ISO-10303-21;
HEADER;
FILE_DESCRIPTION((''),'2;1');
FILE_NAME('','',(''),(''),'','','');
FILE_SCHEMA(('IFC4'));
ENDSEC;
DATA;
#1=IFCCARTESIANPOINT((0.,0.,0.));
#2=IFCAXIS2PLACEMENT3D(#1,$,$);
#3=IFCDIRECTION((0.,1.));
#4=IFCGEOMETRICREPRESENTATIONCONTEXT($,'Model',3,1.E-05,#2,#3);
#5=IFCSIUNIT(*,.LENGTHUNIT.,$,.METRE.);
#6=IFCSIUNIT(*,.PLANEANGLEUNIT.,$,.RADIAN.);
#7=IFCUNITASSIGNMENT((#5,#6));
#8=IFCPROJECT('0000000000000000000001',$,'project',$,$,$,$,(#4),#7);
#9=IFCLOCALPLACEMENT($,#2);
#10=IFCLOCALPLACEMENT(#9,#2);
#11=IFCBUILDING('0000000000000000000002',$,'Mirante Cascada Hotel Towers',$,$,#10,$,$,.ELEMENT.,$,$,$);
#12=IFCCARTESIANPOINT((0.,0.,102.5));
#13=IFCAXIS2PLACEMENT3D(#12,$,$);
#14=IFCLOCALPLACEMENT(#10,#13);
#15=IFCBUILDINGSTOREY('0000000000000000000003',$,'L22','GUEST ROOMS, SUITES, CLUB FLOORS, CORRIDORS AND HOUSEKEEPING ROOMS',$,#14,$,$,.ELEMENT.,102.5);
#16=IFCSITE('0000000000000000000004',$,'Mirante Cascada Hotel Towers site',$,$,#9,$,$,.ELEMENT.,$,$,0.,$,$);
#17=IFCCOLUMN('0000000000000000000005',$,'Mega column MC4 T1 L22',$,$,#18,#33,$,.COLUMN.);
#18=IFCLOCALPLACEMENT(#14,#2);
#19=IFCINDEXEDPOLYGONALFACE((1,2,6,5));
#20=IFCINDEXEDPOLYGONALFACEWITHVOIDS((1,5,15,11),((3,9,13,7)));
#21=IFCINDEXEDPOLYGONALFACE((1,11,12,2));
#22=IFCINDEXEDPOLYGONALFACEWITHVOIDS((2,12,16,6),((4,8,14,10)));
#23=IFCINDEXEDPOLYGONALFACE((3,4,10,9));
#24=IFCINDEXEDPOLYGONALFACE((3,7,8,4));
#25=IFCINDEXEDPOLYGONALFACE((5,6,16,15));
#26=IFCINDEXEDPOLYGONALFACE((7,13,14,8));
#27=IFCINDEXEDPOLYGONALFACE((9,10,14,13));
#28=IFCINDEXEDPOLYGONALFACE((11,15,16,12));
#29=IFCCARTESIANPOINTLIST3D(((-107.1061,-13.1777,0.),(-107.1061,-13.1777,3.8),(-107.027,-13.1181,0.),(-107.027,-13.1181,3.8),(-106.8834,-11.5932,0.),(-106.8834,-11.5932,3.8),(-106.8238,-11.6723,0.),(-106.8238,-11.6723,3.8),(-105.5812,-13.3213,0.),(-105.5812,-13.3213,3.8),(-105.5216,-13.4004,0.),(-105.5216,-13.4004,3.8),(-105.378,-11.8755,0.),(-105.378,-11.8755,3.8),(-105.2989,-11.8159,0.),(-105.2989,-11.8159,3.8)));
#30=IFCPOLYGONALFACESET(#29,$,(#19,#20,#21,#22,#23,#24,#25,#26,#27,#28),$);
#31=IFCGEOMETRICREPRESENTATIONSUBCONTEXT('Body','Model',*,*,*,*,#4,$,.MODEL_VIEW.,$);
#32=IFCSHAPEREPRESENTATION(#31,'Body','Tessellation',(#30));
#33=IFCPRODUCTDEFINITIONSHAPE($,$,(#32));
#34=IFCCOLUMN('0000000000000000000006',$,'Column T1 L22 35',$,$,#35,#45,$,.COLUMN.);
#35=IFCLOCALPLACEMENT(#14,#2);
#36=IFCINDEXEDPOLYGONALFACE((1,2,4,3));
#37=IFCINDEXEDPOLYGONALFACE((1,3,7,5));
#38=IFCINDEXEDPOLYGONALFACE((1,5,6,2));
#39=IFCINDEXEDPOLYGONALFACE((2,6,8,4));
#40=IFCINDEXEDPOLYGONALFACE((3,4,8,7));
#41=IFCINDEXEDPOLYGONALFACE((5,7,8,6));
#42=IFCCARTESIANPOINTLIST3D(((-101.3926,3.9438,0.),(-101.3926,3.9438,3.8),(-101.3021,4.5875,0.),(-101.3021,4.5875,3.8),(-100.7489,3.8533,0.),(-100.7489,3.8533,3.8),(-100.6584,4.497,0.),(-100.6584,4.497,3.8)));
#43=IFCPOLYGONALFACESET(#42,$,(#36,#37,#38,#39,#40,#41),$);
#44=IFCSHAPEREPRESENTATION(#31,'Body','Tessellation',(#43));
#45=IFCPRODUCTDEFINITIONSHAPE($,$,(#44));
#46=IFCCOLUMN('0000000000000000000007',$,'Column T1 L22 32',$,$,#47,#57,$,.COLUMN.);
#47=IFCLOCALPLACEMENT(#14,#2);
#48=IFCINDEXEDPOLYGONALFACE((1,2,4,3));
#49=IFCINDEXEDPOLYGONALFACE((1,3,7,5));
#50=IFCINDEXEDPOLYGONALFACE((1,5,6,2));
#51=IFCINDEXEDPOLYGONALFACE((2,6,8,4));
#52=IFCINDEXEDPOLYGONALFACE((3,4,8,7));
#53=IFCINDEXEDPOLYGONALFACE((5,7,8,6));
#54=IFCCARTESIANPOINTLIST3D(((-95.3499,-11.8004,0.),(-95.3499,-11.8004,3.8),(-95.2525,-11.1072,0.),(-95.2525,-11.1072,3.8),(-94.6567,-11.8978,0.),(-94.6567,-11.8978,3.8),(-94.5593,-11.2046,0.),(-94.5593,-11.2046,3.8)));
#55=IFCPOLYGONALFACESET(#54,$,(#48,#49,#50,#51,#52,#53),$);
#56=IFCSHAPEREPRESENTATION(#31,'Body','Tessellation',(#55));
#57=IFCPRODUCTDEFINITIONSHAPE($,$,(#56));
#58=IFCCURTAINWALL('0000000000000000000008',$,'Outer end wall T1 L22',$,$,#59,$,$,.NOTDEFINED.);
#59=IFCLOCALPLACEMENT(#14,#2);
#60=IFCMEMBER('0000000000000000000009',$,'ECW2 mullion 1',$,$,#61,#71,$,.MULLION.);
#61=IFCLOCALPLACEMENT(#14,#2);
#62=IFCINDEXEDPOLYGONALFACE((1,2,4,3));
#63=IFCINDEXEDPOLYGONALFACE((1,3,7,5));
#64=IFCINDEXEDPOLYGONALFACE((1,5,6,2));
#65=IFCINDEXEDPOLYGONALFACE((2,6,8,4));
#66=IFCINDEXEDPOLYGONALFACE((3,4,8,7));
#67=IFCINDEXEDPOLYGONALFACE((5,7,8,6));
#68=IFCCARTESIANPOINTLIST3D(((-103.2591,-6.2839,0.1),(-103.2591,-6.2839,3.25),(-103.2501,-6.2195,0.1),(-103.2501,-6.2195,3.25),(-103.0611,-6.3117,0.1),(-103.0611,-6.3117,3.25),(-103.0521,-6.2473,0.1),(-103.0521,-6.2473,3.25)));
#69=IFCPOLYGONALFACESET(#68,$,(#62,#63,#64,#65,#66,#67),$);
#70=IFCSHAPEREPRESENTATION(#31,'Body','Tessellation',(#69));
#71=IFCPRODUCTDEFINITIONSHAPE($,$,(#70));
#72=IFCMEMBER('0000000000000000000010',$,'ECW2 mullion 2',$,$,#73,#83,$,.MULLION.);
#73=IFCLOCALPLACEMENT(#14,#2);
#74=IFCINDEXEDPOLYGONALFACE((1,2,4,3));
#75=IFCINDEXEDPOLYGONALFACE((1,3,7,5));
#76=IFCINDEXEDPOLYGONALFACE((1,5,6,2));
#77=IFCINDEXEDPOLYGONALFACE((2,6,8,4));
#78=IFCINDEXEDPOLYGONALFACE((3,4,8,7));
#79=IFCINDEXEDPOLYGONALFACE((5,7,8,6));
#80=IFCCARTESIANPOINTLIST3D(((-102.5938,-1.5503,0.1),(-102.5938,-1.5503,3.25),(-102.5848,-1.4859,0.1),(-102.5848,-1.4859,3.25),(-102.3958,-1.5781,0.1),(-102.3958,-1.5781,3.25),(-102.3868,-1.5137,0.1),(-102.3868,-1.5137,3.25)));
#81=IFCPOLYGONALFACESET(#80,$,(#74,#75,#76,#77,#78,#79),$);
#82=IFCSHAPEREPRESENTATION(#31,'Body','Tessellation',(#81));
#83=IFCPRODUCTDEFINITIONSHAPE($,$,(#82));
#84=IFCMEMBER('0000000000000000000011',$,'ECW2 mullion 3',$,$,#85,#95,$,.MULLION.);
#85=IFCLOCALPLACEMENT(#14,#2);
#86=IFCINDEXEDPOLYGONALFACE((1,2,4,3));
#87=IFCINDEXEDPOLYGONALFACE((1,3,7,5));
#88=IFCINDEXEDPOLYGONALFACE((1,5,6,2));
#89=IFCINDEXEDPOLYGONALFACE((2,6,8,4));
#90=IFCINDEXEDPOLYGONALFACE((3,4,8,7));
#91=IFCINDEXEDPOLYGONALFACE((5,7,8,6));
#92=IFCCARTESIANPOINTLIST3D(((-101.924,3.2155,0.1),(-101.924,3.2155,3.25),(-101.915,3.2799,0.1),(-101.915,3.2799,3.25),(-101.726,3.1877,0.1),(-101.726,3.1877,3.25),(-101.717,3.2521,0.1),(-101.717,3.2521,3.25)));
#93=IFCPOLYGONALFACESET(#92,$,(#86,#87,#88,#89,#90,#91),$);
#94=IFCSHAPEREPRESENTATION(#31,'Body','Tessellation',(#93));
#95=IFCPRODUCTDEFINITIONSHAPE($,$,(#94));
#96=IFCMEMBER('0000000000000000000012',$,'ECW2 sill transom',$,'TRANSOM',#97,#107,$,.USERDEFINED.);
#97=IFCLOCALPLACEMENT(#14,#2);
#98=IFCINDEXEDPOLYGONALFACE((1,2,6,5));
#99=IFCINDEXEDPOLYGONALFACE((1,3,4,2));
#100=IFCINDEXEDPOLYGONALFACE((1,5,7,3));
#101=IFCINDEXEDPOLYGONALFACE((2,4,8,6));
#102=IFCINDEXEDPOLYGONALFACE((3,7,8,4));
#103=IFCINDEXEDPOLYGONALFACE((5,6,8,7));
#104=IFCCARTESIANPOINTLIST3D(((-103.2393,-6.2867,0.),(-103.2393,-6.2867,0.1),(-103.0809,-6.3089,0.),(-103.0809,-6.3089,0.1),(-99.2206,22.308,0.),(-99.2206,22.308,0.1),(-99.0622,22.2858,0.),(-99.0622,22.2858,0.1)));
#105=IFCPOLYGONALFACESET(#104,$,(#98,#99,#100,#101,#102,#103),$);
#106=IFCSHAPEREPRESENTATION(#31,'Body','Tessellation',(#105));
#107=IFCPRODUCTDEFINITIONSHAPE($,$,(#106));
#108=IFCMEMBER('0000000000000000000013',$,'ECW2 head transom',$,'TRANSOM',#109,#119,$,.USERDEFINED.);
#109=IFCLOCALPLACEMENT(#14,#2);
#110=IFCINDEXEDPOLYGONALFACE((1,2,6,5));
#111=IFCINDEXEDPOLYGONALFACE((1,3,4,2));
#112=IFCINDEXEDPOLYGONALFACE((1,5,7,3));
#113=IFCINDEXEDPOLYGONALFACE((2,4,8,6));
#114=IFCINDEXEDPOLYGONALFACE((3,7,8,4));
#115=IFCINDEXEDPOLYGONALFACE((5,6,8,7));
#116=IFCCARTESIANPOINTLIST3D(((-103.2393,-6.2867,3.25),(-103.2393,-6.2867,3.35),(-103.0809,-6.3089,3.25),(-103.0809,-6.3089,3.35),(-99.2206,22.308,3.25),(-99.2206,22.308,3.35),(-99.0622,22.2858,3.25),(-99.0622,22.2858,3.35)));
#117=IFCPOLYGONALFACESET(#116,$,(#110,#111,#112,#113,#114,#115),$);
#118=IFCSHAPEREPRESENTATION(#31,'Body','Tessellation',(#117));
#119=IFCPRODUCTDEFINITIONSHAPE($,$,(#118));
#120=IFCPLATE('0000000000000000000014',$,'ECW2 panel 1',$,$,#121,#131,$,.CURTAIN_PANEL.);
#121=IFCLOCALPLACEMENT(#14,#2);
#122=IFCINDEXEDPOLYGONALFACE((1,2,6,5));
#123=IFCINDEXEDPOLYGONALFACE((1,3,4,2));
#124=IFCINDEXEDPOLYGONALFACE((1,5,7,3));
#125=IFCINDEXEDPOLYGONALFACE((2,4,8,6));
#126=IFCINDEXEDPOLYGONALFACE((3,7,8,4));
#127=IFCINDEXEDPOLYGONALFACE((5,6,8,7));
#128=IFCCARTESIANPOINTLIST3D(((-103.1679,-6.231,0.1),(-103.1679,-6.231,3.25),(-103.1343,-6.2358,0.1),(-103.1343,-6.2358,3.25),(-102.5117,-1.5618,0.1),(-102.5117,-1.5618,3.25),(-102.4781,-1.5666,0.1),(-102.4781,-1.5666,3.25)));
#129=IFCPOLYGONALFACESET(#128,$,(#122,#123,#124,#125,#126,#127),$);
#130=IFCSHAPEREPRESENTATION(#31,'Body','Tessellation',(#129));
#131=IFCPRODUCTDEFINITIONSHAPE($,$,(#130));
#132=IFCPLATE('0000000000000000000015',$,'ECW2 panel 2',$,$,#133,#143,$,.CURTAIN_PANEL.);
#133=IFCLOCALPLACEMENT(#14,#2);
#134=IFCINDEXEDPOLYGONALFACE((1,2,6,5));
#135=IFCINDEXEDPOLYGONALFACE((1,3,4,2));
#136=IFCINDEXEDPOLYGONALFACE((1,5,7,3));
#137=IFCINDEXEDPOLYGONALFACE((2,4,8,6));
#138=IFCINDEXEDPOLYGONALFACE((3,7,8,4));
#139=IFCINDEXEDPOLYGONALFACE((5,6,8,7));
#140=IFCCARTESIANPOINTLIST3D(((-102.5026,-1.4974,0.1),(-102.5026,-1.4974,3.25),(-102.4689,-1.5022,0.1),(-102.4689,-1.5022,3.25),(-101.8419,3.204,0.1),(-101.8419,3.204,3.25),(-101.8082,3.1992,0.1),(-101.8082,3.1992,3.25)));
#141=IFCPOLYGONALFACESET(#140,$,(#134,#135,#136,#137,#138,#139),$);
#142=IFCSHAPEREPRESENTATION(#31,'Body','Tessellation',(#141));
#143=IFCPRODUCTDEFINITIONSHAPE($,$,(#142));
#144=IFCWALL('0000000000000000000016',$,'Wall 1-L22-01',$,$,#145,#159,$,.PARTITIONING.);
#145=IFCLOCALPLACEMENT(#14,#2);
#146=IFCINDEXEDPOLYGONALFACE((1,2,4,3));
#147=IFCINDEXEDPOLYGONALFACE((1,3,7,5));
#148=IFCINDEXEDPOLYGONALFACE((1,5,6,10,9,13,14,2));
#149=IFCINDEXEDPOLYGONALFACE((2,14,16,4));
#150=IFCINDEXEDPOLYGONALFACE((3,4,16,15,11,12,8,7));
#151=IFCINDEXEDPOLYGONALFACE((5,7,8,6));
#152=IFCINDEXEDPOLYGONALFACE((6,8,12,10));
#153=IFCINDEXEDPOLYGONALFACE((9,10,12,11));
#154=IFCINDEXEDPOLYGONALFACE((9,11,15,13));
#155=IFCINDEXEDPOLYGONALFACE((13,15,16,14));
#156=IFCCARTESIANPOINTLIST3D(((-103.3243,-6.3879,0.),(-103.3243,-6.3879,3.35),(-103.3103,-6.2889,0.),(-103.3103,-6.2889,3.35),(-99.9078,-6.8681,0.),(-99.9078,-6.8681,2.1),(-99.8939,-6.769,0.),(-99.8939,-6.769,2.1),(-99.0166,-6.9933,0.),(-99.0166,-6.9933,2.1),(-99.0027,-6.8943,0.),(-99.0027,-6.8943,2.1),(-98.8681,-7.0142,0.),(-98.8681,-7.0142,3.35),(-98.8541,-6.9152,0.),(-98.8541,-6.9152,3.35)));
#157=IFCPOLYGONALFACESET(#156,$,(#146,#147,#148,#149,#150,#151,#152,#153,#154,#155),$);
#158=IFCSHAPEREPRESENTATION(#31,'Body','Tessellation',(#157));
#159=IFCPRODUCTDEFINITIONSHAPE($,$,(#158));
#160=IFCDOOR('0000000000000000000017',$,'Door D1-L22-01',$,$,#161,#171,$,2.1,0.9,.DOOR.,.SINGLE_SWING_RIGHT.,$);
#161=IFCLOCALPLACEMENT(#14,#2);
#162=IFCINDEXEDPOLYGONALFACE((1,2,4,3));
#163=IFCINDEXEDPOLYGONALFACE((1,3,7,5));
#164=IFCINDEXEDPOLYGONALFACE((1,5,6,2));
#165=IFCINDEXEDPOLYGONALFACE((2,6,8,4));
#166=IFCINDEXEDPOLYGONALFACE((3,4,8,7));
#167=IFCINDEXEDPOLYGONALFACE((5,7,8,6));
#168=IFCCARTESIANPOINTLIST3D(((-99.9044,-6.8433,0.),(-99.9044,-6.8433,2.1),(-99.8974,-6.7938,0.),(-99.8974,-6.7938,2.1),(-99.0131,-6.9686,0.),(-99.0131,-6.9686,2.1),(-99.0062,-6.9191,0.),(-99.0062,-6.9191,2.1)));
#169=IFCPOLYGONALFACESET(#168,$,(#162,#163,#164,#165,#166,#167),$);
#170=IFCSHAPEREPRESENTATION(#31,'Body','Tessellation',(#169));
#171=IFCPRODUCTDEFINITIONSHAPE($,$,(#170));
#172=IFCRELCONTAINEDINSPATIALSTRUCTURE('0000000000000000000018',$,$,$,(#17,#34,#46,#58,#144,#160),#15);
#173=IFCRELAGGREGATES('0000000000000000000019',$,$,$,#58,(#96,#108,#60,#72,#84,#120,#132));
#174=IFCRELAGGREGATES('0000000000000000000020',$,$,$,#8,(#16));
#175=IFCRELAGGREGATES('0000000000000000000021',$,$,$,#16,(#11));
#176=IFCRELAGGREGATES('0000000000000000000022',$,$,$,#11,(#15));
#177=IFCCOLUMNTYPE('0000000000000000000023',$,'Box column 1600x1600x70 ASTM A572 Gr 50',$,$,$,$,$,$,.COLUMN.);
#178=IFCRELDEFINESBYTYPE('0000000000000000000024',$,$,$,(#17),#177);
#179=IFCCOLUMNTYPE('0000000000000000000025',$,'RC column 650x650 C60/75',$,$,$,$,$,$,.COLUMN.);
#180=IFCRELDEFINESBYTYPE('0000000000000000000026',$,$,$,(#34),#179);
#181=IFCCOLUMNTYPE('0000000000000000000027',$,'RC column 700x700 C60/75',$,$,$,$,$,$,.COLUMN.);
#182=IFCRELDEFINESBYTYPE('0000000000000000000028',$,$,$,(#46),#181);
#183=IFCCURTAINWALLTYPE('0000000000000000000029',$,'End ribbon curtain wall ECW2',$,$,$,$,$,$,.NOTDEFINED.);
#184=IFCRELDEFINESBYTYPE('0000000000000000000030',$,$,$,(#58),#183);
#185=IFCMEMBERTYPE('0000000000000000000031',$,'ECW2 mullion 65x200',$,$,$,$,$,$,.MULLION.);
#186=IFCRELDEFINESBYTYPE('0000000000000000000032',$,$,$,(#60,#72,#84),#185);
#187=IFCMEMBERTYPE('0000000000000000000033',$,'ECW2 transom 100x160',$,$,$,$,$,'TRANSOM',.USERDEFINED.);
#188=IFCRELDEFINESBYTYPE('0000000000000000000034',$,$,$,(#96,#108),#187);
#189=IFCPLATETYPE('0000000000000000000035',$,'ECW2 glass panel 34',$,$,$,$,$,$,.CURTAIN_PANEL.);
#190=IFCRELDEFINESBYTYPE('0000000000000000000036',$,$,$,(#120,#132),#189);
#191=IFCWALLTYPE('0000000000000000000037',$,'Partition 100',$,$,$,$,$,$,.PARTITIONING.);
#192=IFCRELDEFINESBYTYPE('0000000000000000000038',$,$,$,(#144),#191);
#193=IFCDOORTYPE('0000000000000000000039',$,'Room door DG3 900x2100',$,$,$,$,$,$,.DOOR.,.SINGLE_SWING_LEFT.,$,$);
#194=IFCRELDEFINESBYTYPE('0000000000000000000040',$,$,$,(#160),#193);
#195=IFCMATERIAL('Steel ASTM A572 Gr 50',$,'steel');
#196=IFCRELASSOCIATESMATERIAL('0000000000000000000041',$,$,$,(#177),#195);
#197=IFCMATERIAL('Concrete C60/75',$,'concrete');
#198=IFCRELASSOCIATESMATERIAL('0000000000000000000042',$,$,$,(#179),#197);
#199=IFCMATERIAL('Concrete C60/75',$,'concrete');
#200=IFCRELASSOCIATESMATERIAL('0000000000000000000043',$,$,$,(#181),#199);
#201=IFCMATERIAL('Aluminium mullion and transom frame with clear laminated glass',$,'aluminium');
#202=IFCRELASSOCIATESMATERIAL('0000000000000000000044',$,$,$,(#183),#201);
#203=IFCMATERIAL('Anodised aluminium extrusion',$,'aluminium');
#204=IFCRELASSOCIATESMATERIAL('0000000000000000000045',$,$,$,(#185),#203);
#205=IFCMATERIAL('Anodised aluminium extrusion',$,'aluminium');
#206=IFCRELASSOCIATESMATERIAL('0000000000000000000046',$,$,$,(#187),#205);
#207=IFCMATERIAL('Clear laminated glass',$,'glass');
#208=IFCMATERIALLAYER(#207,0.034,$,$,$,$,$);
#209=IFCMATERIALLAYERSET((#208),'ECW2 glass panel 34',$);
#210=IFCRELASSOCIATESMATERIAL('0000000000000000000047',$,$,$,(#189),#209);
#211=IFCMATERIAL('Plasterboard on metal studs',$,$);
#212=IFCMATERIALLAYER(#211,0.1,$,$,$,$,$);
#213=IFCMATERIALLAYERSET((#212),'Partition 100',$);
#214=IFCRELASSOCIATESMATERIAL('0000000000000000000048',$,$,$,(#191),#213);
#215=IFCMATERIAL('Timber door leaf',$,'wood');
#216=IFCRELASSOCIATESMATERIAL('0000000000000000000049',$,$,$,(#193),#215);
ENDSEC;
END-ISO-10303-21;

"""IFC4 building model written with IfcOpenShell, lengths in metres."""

from ifc_helpers import new_model, si_unit, direction, frame, frame_2d, origin, origin_2d, place, context, subcontext, project, spatial, rectangle, hollow_rectangle, extrude, material, layer, layer_set, material_profile, profile_set, type_object, element, fill, aggregate, save


model = new_model("IFC4")

# Units and contexts
model_context = context("Model", 3, precision=1e-05, world=origin(), true_north=direction((0.0, 1.0)))
body_context = subcontext(model_context, "Body", "Model", "MODEL_VIEW")
ifc_project = project(units=[si_unit("LENGTHUNIT", "METRE"), si_unit("PLANEANGLEUNIT", "RADIAN")], contexts=[model_context])

# Site, building, storey
site_placement = place(None, origin())
site = spatial("IfcSite", under=ifc_project, at=site_placement, Name="Mirante Cascada Hotel Towers site", CompositionType="ELEMENT", RefElevation=0.0)
building_placement = place(site_placement, origin())
building = spatial("IfcBuilding", under=site, at=building_placement, Name="Mirante Cascada Hotel Towers", CompositionType="ELEMENT")
storey_placement = place(building_placement, frame((0.0, 0.0, 102.5)))
storey = spatial("IfcBuildingStorey", under=building, at=storey_placement, Name="L22", Description="GUEST ROOMS, SUITES, CLUB FLOORS, CORRIDORS AND HOUSEKEEPING ROOMS", CompositionType="ELEMENT", Elevation=102.5)

# Columns
ifc_material_1 = material(Name="Steel ASTM A572 Gr 50", Category="steel")
ifc_material_profile_1 = material_profile(ifc_material_1, hollow_rectangle(XDim=1.6, YDim=1.6, WallThickness=0.07, at=origin_2d()), Name="Box column 1600x1600x70 ASTM A572 Gr 50")
ifc_profile_set_1 = profile_set([ifc_material_profile_1], Name="Steel ASTM A572 Gr 50")
column_type_1 = type_object("IfcColumnType", Name="Box column 1600x1600x70 ASTM A572 Gr 50", PredefinedType="COLUMN", material=ifc_profile_set_1)
column_1_placement = place(storey_placement, frame((-106.2025, -12.4968, 0.0), z_axis=(0.0, 0.0, 1.0), x_axis=(-0.990268, 0.139173, 0.0)))
element("IfcColumn", 1, at=column_1_placement, inside=storey, type_object=column_type_1, Name="Mega column MC4 T1 L22", PredefinedType="COLUMN", context=body_context, shape_type="SweptSolid", body=[
    extrude(hollow_rectangle(XDim=1.6, YDim=1.6, WallThickness=0.07, at=origin_2d()), origin(), (0.0, 0.0, 1.0), 3.8),
])
ifc_material_2 = material(Name="Concrete C60/75", Category="concrete")
ifc_material_profile_2 = material_profile(ifc_material_2, rectangle(XDim=0.65, YDim=0.65, at=origin_2d()), Name="RC column 650x650 C60/75")
ifc_profile_set_2 = profile_set([ifc_material_profile_2], Name="Concrete C60/75")
column_type_2 = type_object("IfcColumnType", Name="RC column 650x650 C60/75", PredefinedType="COLUMN", material=ifc_profile_set_2)
column_2_placement = place(storey_placement, frame((-101.0255, 4.2204, 0.0), z_axis=(0.0, 0.0, 1.0), x_axis=(-0.990268, 0.139173, 0.0)))
element("IfcColumn", 2, at=column_2_placement, inside=storey, type_object=column_type_2, Name="Column T1 L22 35", PredefinedType="COLUMN", context=body_context, shape_type="SweptSolid", body=[
    extrude(rectangle(XDim=0.65, YDim=0.65, at=origin_2d()), origin(), (0.0, 0.0, 1.0), 3.8),
])
ifc_material_3 = material(Name="Concrete C60/75", Category="concrete")
ifc_material_profile_3 = material_profile(ifc_material_3, rectangle(XDim=0.7, YDim=0.7, at=origin_2d()), Name="RC column 700x700 C60/75")
ifc_profile_set_3 = profile_set([ifc_material_profile_3], Name="Concrete C60/75")
column_type_3 = type_object("IfcColumnType", Name="RC column 700x700 C60/75", PredefinedType="COLUMN", material=ifc_profile_set_3)
column_3_placement = place(storey_placement, frame((-94.9546, -11.5025, 0.0), z_axis=(0.0, 0.0, 1.0), x_axis=(-0.990268, 0.139173, 0.0)))
element("IfcColumn", 3, at=column_3_placement, inside=storey, type_object=column_type_3, Name="Column T1 L22 32", PredefinedType="COLUMN", context=body_context, shape_type="SweptSolid", body=[
    extrude(rectangle(XDim=0.7, YDim=0.7, at=origin_2d()), origin(), (0.0, 0.0, 1.0), 3.8),
])

# Curtain wall, members, plates
ifc_material_4 = material(Name="Aluminium mullion and transom frame with clear laminated glass", Category="aluminium")
curtain_wall_type = type_object("IfcCurtainWallType", Name="End ribbon curtain wall ECW2", PredefinedType="NOTDEFINED", material=ifc_material_4)
curtain_wall_placement = place(storey_placement, origin())
curtain_wall = element("IfcCurtainWall", 4, at=curtain_wall_placement, inside=storey, type_object=curtain_wall_type, Name="Outer end wall T1 L22", PredefinedType="NOTDEFINED")
ifc_material_5 = material(Name="Anodised aluminium extrusion", Category="aluminium")
ifc_material_profile_4 = material_profile(ifc_material_5, rectangle(XDim=0.2, YDim=0.065, at=origin_2d()), Name="ECW2 MULLION 65x200")
ifc_profile_set_4 = profile_set([ifc_material_profile_4], Name="Anodised aluminium extrusion")
member_type_1 = type_object("IfcMemberType", Name="ECW2 mullion 65x200", PredefinedType="MULLION", material=ifc_profile_set_4)
member_1_placement = place(storey_placement, frame((-103.1556, -6.2656, 0.1), z_axis=(0.0, 0.0, 1.0), x_axis=(-0.990268, 0.139173, 0.0)))
member_1 = element("IfcMember", 5, at=member_1_placement, type_object=member_type_1, Name="ECW2 mullion 1", PredefinedType="MULLION", context=body_context, shape_type="SweptSolid", body=[
    extrude(rectangle(XDim=0.2, YDim=0.065, at=origin_2d()), origin(), (0.0, 0.0, 1.0), 3.15),
])
member_2_placement = place(storey_placement, frame((-102.4903, -1.532, 0.1), z_axis=(0.0, 0.0, 1.0), x_axis=(-0.990268, 0.139173, 0.0)))
member_2 = element("IfcMember", 6, at=member_2_placement, type_object=member_type_1, Name="ECW2 mullion 2", PredefinedType="MULLION", context=body_context, shape_type="SweptSolid", body=[
    extrude(rectangle(XDim=0.2, YDim=0.065, at=origin_2d()), origin(), (0.0, 0.0, 1.0), 3.15),
])
member_3_placement = place(storey_placement, frame((-101.8205, 3.2338, 0.1), z_axis=(0.0, 0.0, 1.0), x_axis=(-0.990268, 0.139173, 0.0)))
member_3 = element("IfcMember", 7, at=member_3_placement, type_object=member_type_1, Name="ECW2 mullion 3", PredefinedType="MULLION", context=body_context, shape_type="SweptSolid", body=[
    extrude(rectangle(XDim=0.2, YDim=0.065, at=origin_2d()), origin(), (0.0, 0.0, 1.0), 3.15),
])
ifc_material_6 = material(Name="Anodised aluminium extrusion", Category="aluminium")
ifc_material_profile_5 = material_profile(ifc_material_6, rectangle(XDim=0.16, YDim=0.1, at=origin_2d()), Name="ECW2 TRANSOM 100x160")
ifc_profile_set_5 = profile_set([ifc_material_profile_5], Name="Anodised aluminium extrusion")
member_type_2 = type_object("IfcMemberType", Name="ECW2 transom 100x160", ElementType="TRANSOM", PredefinedType="USERDEFINED", material=ifc_profile_set_5)
member_4_placement = place(storey_placement, frame((-103.1601, -6.2978, 0.05), z_axis=(0.139172, 0.990268, 0.0), x_axis=(-0.990268, 0.139172, 0.0)))
member_4 = element("IfcMember", 8, at=member_4_placement, type_object=member_type_2, Name="ECW2 sill transom", ObjectType="TRANSOM", PredefinedType="USERDEFINED", context=body_context, shape_type="SweptSolid", body=[
    extrude(rectangle(XDim=0.16, YDim=0.1, at=origin_2d()), origin(), (0.0, 0.0, 1.0), 28.8757),
])
member_5_placement = place(storey_placement, frame((-103.1601, -6.2978, 3.3), z_axis=(0.139172, 0.990268, 0.0), x_axis=(-0.990268, 0.139172, 0.0)))
member_5 = element("IfcMember", 9, at=member_5_placement, type_object=member_type_2, Name="ECW2 head transom", ObjectType="TRANSOM", PredefinedType="USERDEFINED", context=body_context, shape_type="SweptSolid", body=[
    extrude(rectangle(XDim=0.16, YDim=0.1, at=origin_2d()), origin(), (0.0, 0.0, 1.0), 28.8757),
])
ifc_material_7 = material(Name="Clear laminated glass", Category="glass")
ifc_layer_1 = layer(ifc_material_7, 0.034)
ifc_layer_set_1 = layer_set([ifc_layer_1], Name="ECW2 glass panel 34")
plate_type = type_object("IfcPlateType", Name="ECW2 glass panel 34", PredefinedType="CURTAIN_PANEL", material=ifc_layer_set_1)
plate_1_placement = place(storey_placement, frame((-102.823, -3.8988, 0.1), z_axis=(0.0, 0.0, 1.0), x_axis=(0.139173, 0.990268, 0.0)))
plate_1 = element("IfcPlate", 10, at=plate_1_placement, type_object=plate_type, Name="ECW2 panel 1", PredefinedType="CURTAIN_PANEL", context=body_context, shape_type="SweptSolid", body=[
    extrude(rectangle(XDim=4.7151, YDim=0.034, at=origin_2d()), origin(), (0.0, 0.0, 1.0), 3.15),
])
plate_2_placement = place(storey_placement, frame((-102.1554, 0.8509, 0.1), z_axis=(0.0, 0.0, 1.0), x_axis=(0.139173, 0.990268, 0.0)))
plate_2 = element("IfcPlate", 11, at=plate_2_placement, type_object=plate_type, Name="ECW2 panel 2", PredefinedType="CURTAIN_PANEL", context=body_context, shape_type="SweptSolid", body=[
    extrude(rectangle(XDim=4.7476, YDim=0.034, at=origin_2d()), origin(), (0.0, 0.0, 1.0), 3.15),
])
aggregate(curtain_wall, [member_4, member_5, member_1, member_2, member_3, plate_1, plate_2])

# Wall, opening, door
ifc_material_8 = material(Name="Plasterboard on metal studs")
ifc_layer_2 = layer(ifc_material_8, 0.1)
ifc_layer_set_2 = layer_set([ifc_layer_2], Name="Partition 100")
wall_type_1 = type_object("IfcWallType", Name="Partition 100", PredefinedType="PARTITIONING", material=ifc_layer_set_2)
wall_1_placement = place(storey_placement, frame((-98.8611, -6.9647, 0.0), z_axis=(0.0, 0.0, 1.0), x_axis=(-0.990267, 0.139178, 0.0)))
wall_1 = element("IfcWall", 12, at=wall_1_placement, inside=storey, type_object=wall_type_1, Name="Wall 1-L22-01", PredefinedType="PARTITIONING", context=body_context, shape_type="SweptSolid", body=[
    extrude(rectangle(XDim=4.5, YDim=0.1, at=frame_2d((2.25, 0.0))), origin(), (0.0, 0.0, 1.0), 3.35),
])
opening_1_placement = place(wall_1_placement, frame((0.15, 0.0, 0.0)))
opening_1 = element("IfcOpeningElement", 13, at=opening_1_placement, cuts=wall_1, PredefinedType="OPENING", context=body_context, shape_type="SweptSolid", body=[
    extrude(rectangle(XDim=0.9, YDim=2.1, at=frame_2d((0.45, 1.05))), frame((0.0, 0.05, 0.0), z_axis=(0.0, -1.0, 0.0), x_axis=(1.0, 0.0, 0.0)), (0.0, 0.0, 1.0), 0.1),
])
ifc_material_9 = material(Name="Timber door leaf", Category="wood")
door_type_1 = type_object("IfcDoorType", Name="Room door DG3 900x2100", OperationType="SINGLE_SWING_LEFT", PredefinedType="DOOR", material=ifc_material_9)
door_1_placement = place(opening_1_placement, frame((0.9, 0.0, 0.0), z_axis=(0.0, 0.0, 1.0), x_axis=(-1.0, 0.0, 0.0)))
door_1 = element("IfcDoor", 14, at=door_1_placement, inside=storey, type_object=door_type_1, Name="Door D1-L22-01", OperationType="SINGLE_SWING_RIGHT", OverallHeight=2.1, OverallWidth=0.9, PredefinedType="DOOR", context=body_context, shape_type="SweptSolid", body=[
    extrude(rectangle(XDim=0.9, YDim=2.1, at=frame_2d((0.45, 1.05))), frame((0.0, 0.025, 0.0), z_axis=(0.0, -1.0, 0.0), x_axis=(1.0, 0.0, 0.0)), (0.0, 0.0, 1.0), 0.05),
])
fill(opening_1, door_1)

save(model, "model.ifc")
